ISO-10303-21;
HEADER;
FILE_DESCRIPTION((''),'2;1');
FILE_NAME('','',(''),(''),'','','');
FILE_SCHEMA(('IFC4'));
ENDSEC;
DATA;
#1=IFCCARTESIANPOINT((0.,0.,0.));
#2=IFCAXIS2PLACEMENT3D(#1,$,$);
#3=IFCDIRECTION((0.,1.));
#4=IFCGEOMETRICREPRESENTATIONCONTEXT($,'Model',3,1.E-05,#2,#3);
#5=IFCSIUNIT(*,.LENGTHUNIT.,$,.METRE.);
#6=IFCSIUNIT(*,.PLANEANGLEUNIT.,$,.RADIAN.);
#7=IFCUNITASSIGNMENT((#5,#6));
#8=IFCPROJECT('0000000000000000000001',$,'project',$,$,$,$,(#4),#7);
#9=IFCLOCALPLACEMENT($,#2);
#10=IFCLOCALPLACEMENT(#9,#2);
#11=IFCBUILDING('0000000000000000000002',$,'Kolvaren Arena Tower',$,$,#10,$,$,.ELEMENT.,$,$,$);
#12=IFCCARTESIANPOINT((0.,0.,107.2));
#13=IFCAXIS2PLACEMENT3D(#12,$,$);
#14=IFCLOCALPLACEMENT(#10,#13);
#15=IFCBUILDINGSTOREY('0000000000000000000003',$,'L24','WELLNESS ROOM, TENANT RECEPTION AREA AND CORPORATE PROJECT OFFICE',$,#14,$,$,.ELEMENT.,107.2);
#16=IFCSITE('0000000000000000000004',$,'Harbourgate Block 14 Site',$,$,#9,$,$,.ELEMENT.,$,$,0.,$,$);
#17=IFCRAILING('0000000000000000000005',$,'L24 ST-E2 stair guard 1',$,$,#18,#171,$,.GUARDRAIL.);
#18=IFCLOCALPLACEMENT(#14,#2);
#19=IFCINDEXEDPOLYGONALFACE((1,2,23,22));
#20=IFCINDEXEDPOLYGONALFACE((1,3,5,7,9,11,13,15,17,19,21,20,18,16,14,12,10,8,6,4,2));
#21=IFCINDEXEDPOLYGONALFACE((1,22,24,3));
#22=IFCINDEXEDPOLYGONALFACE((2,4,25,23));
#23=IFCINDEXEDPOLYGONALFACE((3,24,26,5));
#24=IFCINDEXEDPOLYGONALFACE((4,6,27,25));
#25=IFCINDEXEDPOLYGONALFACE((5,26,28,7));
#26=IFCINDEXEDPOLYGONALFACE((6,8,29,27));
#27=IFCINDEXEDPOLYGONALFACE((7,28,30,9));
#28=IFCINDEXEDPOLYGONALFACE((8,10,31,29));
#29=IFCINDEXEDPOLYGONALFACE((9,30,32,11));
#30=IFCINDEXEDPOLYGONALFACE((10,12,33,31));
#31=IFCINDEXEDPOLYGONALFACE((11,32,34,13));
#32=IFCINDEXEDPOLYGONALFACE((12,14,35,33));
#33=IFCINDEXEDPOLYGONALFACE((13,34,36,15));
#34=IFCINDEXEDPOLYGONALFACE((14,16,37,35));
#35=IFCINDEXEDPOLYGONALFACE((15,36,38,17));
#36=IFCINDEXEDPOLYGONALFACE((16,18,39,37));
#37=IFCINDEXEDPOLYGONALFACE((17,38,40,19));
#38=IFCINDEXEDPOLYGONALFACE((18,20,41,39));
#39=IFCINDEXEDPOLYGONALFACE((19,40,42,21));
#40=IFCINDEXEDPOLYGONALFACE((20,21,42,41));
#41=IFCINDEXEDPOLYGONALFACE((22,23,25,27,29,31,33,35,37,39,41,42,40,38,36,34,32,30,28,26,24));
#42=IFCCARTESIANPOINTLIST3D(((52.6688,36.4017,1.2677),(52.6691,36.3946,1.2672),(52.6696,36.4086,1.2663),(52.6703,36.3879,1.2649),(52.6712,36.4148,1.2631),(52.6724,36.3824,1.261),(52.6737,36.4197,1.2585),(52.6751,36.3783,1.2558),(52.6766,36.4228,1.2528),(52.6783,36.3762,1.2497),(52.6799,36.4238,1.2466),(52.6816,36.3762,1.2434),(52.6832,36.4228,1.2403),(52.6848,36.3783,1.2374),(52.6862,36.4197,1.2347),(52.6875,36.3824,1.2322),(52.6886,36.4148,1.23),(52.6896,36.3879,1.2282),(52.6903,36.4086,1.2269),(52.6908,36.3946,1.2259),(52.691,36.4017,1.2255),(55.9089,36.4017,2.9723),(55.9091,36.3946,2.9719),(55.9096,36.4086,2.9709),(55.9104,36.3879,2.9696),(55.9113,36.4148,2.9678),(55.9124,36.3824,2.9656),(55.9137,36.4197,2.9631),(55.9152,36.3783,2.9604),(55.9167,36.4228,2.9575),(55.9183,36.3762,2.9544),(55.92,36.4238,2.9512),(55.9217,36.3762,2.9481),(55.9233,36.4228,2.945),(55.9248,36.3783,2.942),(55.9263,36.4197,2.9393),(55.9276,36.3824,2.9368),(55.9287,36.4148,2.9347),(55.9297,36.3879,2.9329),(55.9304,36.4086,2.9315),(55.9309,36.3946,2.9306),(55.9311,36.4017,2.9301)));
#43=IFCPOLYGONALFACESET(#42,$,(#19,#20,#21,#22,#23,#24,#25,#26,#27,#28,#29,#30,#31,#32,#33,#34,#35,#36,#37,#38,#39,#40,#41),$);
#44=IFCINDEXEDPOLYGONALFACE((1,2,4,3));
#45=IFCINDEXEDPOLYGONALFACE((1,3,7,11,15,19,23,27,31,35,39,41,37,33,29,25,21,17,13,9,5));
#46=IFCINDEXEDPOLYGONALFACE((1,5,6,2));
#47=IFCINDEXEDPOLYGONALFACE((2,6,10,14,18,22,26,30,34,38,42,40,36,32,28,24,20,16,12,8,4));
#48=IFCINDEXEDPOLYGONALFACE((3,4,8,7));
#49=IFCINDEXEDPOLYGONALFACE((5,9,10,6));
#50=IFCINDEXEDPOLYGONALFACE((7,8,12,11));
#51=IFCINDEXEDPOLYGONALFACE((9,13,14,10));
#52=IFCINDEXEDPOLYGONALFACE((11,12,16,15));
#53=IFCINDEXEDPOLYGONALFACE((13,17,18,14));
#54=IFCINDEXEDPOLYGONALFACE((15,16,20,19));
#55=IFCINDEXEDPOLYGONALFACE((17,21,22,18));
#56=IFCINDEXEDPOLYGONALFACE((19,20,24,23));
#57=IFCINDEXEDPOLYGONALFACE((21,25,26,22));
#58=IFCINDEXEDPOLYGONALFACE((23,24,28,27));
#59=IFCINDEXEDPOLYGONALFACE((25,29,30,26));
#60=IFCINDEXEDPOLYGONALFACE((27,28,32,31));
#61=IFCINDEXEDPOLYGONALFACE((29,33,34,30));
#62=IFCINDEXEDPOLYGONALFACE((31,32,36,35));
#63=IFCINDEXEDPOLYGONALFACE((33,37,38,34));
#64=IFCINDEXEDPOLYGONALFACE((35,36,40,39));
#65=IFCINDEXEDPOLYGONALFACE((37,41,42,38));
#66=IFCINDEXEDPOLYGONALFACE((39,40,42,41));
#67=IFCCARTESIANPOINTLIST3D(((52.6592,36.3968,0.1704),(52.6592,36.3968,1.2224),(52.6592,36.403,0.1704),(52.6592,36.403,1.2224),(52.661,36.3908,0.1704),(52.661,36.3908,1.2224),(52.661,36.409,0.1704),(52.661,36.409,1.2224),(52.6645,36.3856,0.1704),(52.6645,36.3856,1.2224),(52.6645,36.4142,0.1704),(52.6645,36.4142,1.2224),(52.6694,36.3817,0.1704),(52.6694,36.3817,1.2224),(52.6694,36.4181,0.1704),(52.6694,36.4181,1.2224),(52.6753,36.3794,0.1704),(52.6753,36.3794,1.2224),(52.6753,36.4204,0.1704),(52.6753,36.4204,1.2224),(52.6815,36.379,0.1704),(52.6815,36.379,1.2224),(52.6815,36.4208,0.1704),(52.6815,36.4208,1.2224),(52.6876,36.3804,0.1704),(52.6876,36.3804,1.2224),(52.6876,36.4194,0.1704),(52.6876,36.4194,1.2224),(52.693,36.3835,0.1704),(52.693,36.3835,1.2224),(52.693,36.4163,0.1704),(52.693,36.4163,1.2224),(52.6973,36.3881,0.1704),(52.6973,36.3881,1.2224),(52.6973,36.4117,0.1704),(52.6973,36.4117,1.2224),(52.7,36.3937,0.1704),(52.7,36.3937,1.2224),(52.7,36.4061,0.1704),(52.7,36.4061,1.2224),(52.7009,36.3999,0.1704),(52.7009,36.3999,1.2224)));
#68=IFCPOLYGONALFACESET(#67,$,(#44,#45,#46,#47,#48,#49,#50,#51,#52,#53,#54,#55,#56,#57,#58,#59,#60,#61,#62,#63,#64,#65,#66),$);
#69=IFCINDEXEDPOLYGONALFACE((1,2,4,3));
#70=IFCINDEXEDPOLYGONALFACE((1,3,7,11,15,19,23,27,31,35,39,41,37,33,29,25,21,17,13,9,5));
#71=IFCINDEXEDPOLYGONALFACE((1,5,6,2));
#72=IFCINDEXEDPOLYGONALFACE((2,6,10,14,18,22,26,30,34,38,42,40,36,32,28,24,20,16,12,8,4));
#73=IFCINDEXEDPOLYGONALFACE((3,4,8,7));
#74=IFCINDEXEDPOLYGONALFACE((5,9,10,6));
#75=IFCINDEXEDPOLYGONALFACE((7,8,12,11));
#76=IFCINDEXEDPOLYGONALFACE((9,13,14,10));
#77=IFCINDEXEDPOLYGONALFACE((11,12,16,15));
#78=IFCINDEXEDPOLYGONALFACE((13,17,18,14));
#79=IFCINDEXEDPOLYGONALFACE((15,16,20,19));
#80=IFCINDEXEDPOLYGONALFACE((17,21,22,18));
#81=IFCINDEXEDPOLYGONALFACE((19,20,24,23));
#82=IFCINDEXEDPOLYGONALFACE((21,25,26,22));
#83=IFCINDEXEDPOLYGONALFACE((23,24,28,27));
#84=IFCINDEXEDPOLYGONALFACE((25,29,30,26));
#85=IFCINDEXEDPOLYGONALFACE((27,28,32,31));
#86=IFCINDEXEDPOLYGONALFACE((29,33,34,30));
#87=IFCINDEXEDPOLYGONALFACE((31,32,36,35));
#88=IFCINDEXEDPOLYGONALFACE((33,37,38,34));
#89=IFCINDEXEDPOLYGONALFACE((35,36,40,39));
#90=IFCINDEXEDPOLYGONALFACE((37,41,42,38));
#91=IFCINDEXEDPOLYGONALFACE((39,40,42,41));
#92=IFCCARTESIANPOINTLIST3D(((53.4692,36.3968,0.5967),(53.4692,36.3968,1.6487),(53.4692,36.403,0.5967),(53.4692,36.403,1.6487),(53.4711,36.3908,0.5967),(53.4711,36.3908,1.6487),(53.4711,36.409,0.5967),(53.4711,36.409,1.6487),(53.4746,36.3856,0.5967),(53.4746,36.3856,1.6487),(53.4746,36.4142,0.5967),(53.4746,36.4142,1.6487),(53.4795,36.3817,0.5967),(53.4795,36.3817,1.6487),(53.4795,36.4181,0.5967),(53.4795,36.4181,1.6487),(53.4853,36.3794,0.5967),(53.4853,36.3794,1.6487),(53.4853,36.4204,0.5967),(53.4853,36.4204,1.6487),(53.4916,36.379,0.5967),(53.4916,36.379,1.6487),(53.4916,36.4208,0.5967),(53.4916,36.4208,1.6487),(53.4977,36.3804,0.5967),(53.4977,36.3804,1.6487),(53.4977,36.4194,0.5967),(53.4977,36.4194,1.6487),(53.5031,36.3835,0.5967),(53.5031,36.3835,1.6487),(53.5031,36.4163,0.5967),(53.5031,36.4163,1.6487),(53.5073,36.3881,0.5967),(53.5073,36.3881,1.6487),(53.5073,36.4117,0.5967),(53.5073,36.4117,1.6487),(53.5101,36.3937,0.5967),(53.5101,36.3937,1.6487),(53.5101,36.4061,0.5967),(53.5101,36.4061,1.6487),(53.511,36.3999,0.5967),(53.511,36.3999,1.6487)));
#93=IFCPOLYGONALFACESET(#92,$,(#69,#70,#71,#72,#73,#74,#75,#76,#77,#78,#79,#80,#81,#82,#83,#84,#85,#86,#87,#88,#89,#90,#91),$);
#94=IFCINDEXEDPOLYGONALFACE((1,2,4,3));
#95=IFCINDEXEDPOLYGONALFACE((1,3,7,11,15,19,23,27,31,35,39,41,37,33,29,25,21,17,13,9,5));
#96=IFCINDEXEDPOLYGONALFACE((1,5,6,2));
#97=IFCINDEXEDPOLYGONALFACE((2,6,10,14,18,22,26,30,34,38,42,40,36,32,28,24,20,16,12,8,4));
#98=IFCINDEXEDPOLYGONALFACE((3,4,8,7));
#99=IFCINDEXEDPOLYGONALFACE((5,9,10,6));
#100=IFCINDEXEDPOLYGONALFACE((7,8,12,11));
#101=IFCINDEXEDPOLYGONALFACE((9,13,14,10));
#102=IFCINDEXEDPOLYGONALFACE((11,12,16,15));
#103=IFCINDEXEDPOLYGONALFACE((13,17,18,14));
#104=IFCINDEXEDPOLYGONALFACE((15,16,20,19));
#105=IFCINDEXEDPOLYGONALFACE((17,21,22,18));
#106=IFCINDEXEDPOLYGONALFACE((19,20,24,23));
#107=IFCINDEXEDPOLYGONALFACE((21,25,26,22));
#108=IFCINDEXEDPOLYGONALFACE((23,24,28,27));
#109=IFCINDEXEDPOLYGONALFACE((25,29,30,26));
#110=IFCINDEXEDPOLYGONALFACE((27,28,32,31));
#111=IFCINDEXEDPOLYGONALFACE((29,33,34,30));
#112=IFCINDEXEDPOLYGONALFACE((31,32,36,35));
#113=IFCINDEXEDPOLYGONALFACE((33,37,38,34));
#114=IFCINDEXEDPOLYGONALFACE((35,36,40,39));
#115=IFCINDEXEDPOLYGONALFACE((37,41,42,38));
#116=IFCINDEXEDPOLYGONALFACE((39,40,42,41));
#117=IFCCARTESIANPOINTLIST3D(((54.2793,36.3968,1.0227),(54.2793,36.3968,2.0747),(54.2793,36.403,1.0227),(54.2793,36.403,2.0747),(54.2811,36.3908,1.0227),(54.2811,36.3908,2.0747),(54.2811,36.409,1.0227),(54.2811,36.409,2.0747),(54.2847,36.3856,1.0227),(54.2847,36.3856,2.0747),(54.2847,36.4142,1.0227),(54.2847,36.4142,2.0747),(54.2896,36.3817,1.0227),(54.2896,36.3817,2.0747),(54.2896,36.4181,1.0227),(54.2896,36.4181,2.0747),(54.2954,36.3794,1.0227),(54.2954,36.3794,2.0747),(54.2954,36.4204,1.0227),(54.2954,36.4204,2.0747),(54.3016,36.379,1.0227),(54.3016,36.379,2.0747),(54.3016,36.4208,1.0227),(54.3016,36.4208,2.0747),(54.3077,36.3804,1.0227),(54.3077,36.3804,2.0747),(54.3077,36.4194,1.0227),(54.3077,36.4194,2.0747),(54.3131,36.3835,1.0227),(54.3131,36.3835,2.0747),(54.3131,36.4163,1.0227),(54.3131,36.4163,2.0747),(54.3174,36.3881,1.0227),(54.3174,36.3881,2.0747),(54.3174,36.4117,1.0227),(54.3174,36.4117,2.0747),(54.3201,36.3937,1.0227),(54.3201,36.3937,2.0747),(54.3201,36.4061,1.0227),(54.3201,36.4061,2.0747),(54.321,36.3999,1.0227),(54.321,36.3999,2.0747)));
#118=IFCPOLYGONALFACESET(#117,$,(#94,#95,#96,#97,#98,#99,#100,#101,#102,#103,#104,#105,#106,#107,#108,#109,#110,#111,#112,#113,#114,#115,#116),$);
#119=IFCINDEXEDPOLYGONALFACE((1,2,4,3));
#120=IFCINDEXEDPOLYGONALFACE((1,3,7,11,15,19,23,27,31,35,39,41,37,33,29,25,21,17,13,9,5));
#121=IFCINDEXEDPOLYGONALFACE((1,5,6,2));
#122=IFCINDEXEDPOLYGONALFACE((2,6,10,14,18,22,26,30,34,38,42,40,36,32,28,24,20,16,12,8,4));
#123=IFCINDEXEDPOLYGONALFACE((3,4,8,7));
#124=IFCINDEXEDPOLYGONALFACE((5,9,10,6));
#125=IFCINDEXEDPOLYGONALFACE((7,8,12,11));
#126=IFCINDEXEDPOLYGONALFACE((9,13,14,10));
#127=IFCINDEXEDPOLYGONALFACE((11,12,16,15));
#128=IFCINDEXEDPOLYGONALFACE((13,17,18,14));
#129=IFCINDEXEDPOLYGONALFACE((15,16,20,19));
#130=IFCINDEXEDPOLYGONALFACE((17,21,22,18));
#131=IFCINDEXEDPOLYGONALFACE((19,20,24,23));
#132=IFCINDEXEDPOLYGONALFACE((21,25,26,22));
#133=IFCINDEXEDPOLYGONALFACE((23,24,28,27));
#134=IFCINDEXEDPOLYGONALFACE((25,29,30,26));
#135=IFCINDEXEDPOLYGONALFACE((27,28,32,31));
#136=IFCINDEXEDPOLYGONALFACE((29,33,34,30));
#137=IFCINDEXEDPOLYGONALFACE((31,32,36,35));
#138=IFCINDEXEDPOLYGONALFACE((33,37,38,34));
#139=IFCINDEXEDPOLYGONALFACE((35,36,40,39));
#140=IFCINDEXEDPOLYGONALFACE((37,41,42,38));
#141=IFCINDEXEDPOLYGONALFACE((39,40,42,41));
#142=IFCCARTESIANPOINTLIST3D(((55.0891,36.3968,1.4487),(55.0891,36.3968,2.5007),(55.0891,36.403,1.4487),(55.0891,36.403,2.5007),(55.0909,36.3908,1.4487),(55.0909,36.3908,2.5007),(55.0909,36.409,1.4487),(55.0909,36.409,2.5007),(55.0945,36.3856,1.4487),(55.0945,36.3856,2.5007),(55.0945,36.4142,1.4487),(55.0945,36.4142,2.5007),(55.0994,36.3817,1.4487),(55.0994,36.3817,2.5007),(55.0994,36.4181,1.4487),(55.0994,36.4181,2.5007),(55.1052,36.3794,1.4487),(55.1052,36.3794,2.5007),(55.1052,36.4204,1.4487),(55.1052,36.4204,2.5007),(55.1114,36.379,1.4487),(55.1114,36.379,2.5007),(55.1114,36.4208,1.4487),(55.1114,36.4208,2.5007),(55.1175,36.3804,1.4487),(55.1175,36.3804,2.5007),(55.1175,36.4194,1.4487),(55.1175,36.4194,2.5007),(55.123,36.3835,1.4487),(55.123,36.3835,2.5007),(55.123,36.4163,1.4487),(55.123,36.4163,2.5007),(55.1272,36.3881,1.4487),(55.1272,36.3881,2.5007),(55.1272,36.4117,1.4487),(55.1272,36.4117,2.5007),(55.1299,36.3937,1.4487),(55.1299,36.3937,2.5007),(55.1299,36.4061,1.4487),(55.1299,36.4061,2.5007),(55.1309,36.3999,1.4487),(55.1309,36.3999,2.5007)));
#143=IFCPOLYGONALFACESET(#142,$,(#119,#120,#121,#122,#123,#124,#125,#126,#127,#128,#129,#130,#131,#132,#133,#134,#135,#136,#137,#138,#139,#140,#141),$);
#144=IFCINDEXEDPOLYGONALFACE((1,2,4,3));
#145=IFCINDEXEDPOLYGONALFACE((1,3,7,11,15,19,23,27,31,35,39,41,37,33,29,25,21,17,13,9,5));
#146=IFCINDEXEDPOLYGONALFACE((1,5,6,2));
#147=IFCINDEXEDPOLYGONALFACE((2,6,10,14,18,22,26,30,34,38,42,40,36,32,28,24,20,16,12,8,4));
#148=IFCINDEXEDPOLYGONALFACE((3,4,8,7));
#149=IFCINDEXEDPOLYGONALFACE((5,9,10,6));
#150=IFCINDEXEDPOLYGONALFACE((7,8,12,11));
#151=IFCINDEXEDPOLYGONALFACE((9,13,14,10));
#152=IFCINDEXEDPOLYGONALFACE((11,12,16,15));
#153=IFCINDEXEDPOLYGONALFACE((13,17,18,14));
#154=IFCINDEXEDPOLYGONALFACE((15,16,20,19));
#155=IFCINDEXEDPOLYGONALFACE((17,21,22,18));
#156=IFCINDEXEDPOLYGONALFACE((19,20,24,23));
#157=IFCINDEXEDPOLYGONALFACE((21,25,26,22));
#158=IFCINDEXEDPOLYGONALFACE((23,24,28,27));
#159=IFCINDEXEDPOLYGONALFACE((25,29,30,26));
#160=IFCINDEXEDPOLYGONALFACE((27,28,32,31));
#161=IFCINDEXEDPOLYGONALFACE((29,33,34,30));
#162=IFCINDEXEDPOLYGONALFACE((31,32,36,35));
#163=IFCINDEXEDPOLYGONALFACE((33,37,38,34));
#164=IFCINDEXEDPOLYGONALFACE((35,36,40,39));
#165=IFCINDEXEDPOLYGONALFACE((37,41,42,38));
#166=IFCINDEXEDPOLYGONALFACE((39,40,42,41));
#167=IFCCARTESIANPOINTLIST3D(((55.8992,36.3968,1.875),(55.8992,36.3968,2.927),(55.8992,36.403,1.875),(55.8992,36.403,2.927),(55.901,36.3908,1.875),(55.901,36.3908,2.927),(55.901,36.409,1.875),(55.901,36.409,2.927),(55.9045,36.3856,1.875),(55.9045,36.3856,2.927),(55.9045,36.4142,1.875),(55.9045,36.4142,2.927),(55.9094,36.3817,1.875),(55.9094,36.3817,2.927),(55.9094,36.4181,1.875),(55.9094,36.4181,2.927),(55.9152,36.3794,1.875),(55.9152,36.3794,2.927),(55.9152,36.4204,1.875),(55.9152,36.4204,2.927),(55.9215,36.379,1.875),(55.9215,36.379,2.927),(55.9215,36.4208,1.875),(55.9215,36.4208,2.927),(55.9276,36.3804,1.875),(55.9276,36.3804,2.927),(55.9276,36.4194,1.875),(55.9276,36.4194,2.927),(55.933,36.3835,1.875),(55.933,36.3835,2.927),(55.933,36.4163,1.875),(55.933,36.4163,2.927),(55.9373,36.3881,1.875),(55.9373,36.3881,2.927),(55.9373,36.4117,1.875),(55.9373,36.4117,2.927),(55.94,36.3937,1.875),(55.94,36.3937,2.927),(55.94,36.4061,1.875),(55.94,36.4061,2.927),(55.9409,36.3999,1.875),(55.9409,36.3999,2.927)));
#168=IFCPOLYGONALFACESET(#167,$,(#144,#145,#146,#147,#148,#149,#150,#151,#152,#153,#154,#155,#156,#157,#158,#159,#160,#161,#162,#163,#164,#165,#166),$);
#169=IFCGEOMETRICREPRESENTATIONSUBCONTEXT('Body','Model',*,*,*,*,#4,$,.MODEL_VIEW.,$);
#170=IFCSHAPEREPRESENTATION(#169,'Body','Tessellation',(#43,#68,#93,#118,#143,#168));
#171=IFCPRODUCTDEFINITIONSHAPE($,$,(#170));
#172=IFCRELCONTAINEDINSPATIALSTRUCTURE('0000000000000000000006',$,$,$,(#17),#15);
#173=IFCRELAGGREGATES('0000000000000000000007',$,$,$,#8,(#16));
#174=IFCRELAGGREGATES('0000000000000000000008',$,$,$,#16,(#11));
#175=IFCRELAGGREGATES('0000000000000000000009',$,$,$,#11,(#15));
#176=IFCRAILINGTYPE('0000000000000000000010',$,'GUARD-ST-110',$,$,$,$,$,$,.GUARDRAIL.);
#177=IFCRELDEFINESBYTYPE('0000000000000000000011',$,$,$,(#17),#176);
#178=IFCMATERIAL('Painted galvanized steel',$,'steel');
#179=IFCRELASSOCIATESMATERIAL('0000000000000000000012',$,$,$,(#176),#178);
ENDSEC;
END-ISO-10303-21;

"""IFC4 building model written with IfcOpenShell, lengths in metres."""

from ifc_helpers import new_model, si_unit, direction, frame, origin, origin_2d, place, context, subcontext, project, spatial, circle, extrude, material, type_object, element, save


model = new_model("IFC4")

# Units and contexts
model_context = context("Model", 3, precision=1e-05, world=origin(), true_north=direction((0.0, 1.0)))
body_context = subcontext(model_context, "Body", "Model", "MODEL_VIEW")
ifc_project = project(units=[si_unit("LENGTHUNIT", "METRE"), si_unit("PLANEANGLEUNIT", "RADIAN")], contexts=[model_context])

# Site, building, storey
site_placement = place(None, origin())
site = spatial("IfcSite", under=ifc_project, at=site_placement, Name="Harbourgate Block 14 Site", CompositionType="ELEMENT", RefElevation=0.0)
building_placement = place(site_placement, origin())
building = spatial("IfcBuilding", under=site, at=building_placement, Name="Kolvaren Arena Tower", CompositionType="ELEMENT")
storey_placement = place(building_placement, frame((0.0, 0.0, 107.2)))
storey = spatial("IfcBuildingStorey", under=building, at=storey_placement, Name="L24", Description="WELLNESS ROOM, TENANT RECEPTION AREA AND CORPORATE PROJECT OFFICE", CompositionType="ELEMENT", Elevation=107.2)

# Railing
ifc_material_1 = material(Name="Painted galvanized steel", Category="steel")
railing_type_1 = type_object("IfcRailingType", Name="GUARD-ST-110", PredefinedType="GUARDRAIL", material=ifc_material_1)
railing_1_placement = place(storey_placement, frame((52.6799, 36.3999, 0.1704)))
element("IfcRailing", 1, at=railing_1_placement, inside=storey, type_object=railing_type_1, Name="L24 ST-E2 stair guard 1", PredefinedType="GUARDRAIL", context=body_context, shape_type="SweptSolid", body=[
    extrude(circle(Radius=0.0239, at=origin_2d()), frame((0.0, 0.0, 1.0762), z_axis=(0.884993, 0.0, 0.465604), x_axis=(0.0, 1.0, 0.0)), (0.0, 0.0, 1.0), 3.6611),
    extrude(circle(Radius=0.021, at=origin_2d()), origin(), (0.0, 0.0, 1.0), 1.052),
    extrude(circle(Radius=0.021, at=origin_2d()), frame((0.8101, 0.0, 0.4263)), (0.0, 0.0, 1.0), 1.052),
    extrude(circle(Radius=0.021, at=origin_2d()), frame((1.6201, 0.0, 0.8523)), (0.0, 0.0, 1.0), 1.052),
    extrude(circle(Radius=0.021, at=origin_2d()), frame((2.4299, 0.0, 1.2783)), (0.0, 0.0, 1.0), 1.052),
    extrude(circle(Radius=0.021, at=origin_2d()), frame((3.24, 0.0, 1.7046)), (0.0, 0.0, 1.0), 1.052),
])

save(model, "model.ifc")
